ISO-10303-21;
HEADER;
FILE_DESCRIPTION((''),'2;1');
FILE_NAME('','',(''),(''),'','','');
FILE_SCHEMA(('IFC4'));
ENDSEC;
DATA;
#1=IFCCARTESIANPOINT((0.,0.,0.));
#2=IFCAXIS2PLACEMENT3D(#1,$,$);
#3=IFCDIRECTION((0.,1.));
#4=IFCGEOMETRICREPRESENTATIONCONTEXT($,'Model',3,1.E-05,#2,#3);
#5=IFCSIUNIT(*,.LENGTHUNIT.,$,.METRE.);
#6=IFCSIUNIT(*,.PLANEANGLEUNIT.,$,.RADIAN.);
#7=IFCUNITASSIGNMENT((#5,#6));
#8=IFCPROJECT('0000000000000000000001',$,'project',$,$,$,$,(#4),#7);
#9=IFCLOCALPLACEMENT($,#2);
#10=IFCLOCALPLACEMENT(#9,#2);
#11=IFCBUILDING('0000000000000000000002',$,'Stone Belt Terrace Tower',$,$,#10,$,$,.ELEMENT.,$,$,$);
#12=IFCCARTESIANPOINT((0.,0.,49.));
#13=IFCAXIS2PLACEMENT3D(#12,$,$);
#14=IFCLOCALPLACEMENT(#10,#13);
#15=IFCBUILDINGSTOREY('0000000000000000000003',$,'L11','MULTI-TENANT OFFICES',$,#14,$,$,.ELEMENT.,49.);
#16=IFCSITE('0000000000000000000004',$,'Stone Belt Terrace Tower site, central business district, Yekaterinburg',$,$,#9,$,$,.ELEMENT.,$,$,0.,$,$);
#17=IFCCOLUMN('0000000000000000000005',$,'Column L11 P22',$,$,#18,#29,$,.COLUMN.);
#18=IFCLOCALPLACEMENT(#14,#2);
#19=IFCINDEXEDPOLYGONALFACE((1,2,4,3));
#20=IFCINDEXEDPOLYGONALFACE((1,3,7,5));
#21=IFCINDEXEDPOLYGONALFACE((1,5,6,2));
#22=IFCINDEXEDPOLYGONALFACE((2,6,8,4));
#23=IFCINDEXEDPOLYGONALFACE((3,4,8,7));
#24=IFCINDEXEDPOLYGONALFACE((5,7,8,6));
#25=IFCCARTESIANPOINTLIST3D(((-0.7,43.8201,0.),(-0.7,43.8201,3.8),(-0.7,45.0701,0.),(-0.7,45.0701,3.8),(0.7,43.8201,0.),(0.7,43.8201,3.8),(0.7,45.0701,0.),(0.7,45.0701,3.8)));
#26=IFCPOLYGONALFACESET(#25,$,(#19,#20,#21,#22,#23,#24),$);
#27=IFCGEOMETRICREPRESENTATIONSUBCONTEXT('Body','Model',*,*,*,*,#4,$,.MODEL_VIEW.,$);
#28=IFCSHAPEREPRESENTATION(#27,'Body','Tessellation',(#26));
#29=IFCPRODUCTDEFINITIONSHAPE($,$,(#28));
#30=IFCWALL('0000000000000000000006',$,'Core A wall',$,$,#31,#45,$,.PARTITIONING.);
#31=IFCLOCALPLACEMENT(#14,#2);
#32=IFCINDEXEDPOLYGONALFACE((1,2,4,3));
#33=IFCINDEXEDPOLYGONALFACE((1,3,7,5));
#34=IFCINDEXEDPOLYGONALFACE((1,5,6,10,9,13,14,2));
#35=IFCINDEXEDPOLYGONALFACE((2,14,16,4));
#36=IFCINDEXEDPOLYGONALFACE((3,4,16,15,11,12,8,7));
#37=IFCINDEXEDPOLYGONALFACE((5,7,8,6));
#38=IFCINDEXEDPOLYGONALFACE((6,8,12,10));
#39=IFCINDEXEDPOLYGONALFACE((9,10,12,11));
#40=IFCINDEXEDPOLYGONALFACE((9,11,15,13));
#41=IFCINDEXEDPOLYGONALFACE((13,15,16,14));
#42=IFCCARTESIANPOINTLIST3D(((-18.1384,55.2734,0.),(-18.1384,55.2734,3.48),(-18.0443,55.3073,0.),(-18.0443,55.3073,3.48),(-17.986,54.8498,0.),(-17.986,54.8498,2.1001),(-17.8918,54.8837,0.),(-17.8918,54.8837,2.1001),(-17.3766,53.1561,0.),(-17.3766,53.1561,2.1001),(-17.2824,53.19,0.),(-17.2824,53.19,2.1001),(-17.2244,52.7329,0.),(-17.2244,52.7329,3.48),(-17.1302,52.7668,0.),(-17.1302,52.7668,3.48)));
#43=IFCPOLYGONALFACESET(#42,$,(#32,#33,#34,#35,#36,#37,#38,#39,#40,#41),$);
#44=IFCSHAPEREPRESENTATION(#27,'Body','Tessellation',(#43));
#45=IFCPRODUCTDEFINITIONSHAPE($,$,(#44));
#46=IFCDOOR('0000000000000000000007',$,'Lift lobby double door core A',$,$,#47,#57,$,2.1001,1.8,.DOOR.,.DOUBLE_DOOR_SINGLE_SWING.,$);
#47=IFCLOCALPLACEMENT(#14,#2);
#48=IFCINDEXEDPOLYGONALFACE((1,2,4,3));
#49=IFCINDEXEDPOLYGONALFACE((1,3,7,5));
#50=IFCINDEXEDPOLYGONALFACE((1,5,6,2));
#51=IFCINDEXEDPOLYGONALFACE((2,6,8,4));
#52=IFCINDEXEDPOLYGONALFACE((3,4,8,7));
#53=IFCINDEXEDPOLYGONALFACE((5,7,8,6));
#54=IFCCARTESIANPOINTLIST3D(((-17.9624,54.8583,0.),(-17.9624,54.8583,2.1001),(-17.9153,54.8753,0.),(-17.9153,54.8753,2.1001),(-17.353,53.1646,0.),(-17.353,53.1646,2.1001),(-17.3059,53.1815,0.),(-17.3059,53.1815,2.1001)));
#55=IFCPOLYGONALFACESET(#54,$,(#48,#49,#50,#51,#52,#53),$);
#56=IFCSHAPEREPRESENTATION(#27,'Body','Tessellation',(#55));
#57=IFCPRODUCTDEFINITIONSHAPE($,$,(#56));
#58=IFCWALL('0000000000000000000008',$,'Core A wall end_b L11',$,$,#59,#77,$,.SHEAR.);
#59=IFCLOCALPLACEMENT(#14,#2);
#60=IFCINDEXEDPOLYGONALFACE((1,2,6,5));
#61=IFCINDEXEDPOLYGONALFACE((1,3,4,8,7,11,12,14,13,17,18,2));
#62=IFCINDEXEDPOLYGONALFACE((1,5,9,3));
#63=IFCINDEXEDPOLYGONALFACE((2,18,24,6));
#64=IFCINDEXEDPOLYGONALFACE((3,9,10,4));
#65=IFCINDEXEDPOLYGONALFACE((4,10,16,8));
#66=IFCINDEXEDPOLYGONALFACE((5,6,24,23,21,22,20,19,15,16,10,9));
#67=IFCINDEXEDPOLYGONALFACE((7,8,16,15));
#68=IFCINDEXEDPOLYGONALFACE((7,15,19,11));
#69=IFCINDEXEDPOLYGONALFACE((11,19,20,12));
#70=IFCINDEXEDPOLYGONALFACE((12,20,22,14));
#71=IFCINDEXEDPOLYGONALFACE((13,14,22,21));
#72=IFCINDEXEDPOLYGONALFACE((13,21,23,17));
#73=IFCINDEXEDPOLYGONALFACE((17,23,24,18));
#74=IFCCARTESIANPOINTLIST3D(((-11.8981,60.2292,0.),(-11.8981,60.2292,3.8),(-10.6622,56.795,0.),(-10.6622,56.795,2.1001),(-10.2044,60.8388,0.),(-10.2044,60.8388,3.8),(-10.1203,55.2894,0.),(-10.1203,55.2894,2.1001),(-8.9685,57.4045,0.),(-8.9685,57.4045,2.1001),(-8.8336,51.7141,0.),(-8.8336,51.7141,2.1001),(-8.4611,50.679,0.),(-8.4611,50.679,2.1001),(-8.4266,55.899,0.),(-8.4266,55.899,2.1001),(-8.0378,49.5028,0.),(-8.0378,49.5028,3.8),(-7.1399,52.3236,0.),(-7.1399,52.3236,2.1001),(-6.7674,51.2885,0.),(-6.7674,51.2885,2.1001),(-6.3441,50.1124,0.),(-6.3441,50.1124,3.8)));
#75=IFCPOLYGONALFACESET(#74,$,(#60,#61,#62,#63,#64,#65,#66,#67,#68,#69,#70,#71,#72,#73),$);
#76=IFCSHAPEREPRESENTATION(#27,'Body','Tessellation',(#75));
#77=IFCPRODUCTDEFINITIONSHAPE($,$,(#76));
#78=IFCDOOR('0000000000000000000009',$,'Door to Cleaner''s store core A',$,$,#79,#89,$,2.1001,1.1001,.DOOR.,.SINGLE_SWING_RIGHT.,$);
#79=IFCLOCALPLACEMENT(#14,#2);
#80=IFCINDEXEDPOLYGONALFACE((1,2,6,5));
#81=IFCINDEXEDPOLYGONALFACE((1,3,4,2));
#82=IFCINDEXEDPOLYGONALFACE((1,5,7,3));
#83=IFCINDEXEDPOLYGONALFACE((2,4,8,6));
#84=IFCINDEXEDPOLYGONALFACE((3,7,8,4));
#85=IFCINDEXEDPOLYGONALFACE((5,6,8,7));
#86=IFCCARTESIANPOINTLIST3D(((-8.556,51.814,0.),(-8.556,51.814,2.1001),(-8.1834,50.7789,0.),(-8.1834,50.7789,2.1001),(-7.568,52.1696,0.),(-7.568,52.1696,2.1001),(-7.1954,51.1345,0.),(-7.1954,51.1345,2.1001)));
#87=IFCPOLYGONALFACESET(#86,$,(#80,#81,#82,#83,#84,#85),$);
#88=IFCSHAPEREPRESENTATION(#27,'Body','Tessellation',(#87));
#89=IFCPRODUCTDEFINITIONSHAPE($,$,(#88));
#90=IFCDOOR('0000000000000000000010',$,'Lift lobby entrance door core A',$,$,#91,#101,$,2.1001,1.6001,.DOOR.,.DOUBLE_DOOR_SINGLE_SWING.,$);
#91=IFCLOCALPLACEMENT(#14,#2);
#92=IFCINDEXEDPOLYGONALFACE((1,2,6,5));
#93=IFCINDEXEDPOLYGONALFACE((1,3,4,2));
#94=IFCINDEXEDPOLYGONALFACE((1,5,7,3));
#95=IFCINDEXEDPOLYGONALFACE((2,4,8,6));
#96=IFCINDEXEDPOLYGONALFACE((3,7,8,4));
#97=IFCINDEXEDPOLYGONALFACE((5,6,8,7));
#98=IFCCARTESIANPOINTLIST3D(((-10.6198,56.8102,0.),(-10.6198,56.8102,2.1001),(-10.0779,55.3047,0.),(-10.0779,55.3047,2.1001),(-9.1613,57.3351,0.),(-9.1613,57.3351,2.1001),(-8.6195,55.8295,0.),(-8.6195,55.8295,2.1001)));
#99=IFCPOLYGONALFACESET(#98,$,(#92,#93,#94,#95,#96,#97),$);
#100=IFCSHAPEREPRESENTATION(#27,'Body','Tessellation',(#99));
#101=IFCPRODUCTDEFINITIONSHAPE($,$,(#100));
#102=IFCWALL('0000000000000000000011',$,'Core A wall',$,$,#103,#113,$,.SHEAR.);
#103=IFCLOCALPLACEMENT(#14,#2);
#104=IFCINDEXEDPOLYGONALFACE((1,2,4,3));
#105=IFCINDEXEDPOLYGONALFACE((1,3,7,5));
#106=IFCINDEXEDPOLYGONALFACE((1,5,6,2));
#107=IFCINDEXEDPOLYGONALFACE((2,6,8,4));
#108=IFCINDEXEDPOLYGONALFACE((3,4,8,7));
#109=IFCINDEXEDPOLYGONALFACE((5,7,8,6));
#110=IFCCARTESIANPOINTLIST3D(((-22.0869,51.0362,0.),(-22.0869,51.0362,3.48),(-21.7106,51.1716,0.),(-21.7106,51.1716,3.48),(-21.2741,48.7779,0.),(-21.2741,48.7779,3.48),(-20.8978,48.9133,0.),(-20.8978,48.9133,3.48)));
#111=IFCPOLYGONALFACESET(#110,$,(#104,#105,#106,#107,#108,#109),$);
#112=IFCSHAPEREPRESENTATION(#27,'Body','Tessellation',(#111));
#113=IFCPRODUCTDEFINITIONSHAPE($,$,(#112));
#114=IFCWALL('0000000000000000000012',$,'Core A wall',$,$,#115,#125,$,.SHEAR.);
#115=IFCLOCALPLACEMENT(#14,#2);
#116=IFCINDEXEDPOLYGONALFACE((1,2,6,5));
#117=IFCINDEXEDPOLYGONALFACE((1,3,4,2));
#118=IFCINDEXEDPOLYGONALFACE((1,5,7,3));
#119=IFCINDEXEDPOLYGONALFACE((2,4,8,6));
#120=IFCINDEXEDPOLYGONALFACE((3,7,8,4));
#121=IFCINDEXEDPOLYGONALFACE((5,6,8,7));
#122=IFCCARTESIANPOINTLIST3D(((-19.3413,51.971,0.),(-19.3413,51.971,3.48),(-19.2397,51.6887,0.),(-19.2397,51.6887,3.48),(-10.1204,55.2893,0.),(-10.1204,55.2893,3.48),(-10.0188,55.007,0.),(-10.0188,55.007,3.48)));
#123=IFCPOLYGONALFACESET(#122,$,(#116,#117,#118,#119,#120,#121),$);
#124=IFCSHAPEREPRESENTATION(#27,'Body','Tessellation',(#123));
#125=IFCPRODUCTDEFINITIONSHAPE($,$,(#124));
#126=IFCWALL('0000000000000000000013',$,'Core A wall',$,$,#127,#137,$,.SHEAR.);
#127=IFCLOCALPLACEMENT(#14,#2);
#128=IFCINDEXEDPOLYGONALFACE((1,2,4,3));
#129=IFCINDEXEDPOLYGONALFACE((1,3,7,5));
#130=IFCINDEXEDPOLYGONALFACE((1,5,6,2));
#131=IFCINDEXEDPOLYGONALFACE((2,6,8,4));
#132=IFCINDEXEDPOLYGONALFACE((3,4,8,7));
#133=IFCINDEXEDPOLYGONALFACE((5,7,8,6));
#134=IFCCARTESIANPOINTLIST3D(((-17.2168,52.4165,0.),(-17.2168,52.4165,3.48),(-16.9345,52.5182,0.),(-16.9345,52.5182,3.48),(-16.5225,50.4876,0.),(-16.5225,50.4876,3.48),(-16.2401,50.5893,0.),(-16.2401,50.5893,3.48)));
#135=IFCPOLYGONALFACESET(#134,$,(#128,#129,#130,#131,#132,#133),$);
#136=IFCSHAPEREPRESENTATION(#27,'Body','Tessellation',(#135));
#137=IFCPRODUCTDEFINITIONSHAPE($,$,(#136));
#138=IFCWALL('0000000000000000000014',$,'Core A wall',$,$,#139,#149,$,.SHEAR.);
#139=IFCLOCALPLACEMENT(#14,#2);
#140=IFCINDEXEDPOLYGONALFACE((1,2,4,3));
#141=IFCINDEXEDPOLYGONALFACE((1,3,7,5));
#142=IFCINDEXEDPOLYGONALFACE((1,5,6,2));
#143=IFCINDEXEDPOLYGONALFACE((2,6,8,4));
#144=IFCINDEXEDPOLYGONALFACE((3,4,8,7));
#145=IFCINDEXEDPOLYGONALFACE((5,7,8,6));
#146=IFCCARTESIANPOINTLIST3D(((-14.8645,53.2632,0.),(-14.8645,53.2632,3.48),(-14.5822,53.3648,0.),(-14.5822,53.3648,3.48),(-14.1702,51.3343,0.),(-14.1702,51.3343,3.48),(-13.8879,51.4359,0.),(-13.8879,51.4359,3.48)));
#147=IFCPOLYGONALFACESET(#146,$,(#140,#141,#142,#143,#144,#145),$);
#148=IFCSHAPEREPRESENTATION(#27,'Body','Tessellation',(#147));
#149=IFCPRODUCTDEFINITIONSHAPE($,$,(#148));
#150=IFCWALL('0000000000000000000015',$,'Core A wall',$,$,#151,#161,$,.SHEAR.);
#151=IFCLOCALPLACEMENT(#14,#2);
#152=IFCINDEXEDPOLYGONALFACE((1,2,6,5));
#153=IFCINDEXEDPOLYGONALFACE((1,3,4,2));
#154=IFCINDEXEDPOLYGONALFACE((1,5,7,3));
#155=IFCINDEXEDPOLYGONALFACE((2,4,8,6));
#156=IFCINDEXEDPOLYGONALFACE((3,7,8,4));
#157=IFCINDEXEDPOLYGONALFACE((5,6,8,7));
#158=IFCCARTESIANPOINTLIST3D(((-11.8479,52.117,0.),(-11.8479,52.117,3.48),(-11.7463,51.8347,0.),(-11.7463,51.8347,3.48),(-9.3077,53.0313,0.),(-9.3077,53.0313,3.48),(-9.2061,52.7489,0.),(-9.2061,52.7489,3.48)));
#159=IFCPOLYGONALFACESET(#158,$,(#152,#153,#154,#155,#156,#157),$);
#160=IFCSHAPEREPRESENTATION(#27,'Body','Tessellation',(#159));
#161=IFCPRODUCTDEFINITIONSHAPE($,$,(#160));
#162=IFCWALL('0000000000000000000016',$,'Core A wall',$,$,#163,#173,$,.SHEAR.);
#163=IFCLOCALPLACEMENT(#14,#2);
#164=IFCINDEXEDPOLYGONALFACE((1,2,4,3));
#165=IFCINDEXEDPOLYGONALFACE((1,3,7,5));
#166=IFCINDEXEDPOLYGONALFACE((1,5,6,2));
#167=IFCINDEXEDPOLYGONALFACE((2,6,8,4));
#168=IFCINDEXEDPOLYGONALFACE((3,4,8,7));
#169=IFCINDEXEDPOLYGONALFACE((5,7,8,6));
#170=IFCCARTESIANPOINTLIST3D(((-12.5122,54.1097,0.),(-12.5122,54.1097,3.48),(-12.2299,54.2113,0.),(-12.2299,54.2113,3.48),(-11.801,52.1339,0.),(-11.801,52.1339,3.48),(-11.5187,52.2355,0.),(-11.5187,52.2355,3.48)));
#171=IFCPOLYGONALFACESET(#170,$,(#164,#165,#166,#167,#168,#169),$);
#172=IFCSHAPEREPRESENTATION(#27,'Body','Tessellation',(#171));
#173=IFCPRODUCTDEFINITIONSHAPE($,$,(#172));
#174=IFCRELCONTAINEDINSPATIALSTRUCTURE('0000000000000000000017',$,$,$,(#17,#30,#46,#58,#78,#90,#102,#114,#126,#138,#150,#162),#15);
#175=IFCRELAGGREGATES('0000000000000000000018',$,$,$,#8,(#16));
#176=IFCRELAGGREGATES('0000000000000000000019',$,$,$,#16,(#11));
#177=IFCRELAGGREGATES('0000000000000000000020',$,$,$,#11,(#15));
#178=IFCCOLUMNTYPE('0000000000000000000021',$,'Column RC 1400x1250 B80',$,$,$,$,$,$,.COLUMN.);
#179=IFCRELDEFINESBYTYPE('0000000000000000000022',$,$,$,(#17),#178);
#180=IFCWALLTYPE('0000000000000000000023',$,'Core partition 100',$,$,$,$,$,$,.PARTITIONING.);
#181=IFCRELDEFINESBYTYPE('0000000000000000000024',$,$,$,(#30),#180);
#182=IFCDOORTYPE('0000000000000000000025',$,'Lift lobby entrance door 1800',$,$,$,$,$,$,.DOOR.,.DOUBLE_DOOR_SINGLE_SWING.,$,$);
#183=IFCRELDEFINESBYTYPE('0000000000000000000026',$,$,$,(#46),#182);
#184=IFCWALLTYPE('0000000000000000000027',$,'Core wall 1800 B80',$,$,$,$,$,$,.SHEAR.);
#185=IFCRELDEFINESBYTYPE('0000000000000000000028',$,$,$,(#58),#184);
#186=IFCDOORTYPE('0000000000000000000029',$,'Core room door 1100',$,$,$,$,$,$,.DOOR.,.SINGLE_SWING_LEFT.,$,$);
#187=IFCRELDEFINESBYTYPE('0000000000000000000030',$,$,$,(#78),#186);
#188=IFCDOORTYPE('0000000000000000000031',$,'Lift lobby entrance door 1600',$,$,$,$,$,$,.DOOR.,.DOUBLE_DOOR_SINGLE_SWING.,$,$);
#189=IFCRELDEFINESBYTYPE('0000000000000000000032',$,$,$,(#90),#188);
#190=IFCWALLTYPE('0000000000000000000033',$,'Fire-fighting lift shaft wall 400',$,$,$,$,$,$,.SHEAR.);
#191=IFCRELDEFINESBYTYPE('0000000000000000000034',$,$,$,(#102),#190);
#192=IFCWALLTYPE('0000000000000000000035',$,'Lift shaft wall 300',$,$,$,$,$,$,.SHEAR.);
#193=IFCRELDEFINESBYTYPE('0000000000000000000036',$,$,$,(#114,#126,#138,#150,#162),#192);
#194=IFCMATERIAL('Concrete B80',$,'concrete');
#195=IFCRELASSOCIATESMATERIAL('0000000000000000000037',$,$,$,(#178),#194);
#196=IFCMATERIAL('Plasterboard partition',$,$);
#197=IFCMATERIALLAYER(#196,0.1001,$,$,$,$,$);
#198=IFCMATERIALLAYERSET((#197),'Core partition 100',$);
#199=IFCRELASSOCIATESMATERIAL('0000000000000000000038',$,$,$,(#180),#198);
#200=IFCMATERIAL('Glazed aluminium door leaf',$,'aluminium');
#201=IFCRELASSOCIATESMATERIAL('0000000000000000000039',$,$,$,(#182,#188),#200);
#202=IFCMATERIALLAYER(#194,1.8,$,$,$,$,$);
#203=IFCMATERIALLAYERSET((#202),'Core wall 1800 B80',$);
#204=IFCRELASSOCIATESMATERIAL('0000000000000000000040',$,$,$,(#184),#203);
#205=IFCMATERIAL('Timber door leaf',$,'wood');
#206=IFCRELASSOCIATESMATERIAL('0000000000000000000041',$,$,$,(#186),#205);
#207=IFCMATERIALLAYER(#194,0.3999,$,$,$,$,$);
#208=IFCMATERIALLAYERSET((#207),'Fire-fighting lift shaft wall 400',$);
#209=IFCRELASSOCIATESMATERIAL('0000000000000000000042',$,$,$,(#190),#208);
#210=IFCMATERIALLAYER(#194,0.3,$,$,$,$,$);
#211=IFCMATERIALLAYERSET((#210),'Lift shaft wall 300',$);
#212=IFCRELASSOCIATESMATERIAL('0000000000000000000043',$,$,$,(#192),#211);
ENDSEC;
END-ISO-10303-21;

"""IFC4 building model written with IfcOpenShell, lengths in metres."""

from ifc_helpers import new_model, si_unit, direction, frame, frame_2d, origin, origin_2d, place, context, subcontext, project, spatial, rectangle, extrude, material, layer, layer_set, material_profile, profile_set, type_object, element, fill, save


model = new_model("IFC4")

# Units and contexts
model_context = context("Model", 3, precision=1e-05, world=origin(), true_north=direction((0.0, 1.0)))
body_context = subcontext(model_context, "Body", "Model", "MODEL_VIEW")
ifc_project = project(units=[si_unit("LENGTHUNIT", "METRE"), si_unit("PLANEANGLEUNIT", "RADIAN")], contexts=[model_context])

# Site, building, storey
site_placement = place(None, origin())
site = spatial("IfcSite", under=ifc_project, at=site_placement, Name="Stone Belt Terrace Tower site, central business district, Yekaterinburg", CompositionType="ELEMENT", RefElevation=0.0)
building_placement = place(site_placement, origin())
building = spatial("IfcBuilding", under=site, at=building_placement, Name="Stone Belt Terrace Tower", CompositionType="ELEMENT")
storey_placement = place(building_placement, frame((0.0, 0.0, 49.0)))
storey = spatial("IfcBuildingStorey", under=building, at=storey_placement, Name="L11", Description="MULTI-TENANT OFFICES", CompositionType="ELEMENT", Elevation=49.0)

# Column
ifc_material_1 = material(Name="Concrete B80", Category="concrete")
ifc_material_profile = material_profile(ifc_material_1, rectangle(XDim=1.3999, YDim=1.25, at=origin_2d()), Name="RC 1400x1250")
ifc_profile_set = profile_set([ifc_material_profile], Name="Concrete B80")
column_type = type_object("IfcColumnType", Name="Column RC 1400x1250 B80", PredefinedType="COLUMN", material=ifc_profile_set)
column_placement = place(storey_placement, frame((0.0, 44.4451, 0.0), z_axis=(0.0, 0.0, 1.0), x_axis=(1.0, 0.0, 0.0)))
element("IfcColumn", 1, at=column_placement, inside=storey, type_object=column_type, Name="Column L11 P22", PredefinedType="COLUMN", context=body_context, shape_type="SweptSolid", body=[
    extrude(rectangle(XDim=1.3999, YDim=1.25, at=origin_2d()), origin(), (0.0, 0.0, 1.0), 3.8),
])

# Wall, opening, door
ifc_material_2 = material(Name="Plasterboard partition")
ifc_layer_1 = layer(ifc_material_2, 0.1001)
ifc_layer_set_1 = layer_set([ifc_layer_1], Name="Core partition 100")
wall_type_1 = type_object("IfcWallType", Name="Core partition 100", PredefinedType="PARTITIONING", material=ifc_layer_set_1)
wall_1_placement = place(storey_placement, frame((-17.1772, 52.7498, 0.0), z_axis=(0.0, 0.0, 1.0), x_axis=(-0.338547, 0.94095, 0.0)))
wall_1 = element("IfcWall", 2, at=wall_1_placement, inside=storey, type_object=wall_type_1, Name="Core A wall", PredefinedType="PARTITIONING", context=body_context, shape_type="SweptSolid", body=[
    extrude(rectangle(XDim=2.7, YDim=0.1001, at=frame_2d((1.3501, 0.0))), origin(), (0.0, 0.0, 1.0), 3.48),
])
opening_1_placement = place(wall_1_placement, frame((0.45, 0.0, 0.0)))
opening_1 = element("IfcOpeningElement", 3, at=opening_1_placement, cuts=wall_1, PredefinedType="OPENING", context=body_context, shape_type="SweptSolid", body=[
    extrude(rectangle(XDim=1.8, YDim=2.1001, at=frame_2d((0.8999, 1.05))), frame((0.0, 0.0601, 0.0), z_axis=(0.0, -1.0, 0.0), x_axis=(1.0, 0.0, 0.0)), (0.0, 0.0, 1.0), 0.1201),
])
ifc_material_3 = material(Name="Glazed aluminium door leaf", Category="aluminium")
door_type_1 = type_object("IfcDoorType", Name="Lift lobby entrance door 1800", OperationType="DOUBLE_DOOR_SINGLE_SWING", PredefinedType="DOOR", material=ifc_material_3)
door_1_placement = place(opening_1_placement, origin())
door_1 = element("IfcDoor", 4, at=door_1_placement, inside=storey, type_object=door_type_1, Name="Lift lobby double door core A", OperationType="DOUBLE_DOOR_SINGLE_SWING", OverallHeight=2.1001, OverallWidth=1.8, PredefinedType="DOOR", context=body_context, shape_type="SweptSolid", body=[
    extrude(rectangle(XDim=1.8, YDim=2.1001, at=frame_2d((0.8999, 1.05))), frame((0.0, 0.0249, 0.0), z_axis=(0.0, -1.0, 0.0), x_axis=(1.0, 0.0, 0.0)), (0.0, 0.0, 1.0), 0.05),
])
fill(opening_1, door_1)

# Wall, openings, doors
ifc_layer_2 = layer(ifc_material_1, 1.8)
ifc_layer_set_2 = layer_set([ifc_layer_2], Name="Core wall 1800 B80")
wall_type_2 = type_object("IfcWallType", Name="Core wall 1800 B80", PredefinedType="SHEAR", material=ifc_layer_set_2)
wall_2_placement = place(storey_placement, frame((-7.1909, 49.8076, 0.0), z_axis=(0.0, 0.0, 1.0), x_axis=(-0.338632, 0.940919, 0.0)))
wall_2 = element("IfcWall", 5, at=wall_2_placement, inside=storey, type_object=wall_type_2, Name="Core A wall end_b L11", PredefinedType="SHEAR", context=body_context, shape_type="SweptSolid", body=[
    extrude(rectangle(XDim=11.3999, YDim=1.8, at=frame_2d((5.7, 0.0))), origin(), (0.0, 0.0, 1.0), 3.8),
])
opening_2_placement = place(wall_2_placement, frame((6.1499, 0.0, 0.0)))
opening_2 = element("IfcOpeningElement", 6, at=opening_2_placement, cuts=wall_2, PredefinedType="OPENING", context=body_context, shape_type="SweptSolid", body=[
    extrude(rectangle(XDim=1.6001, YDim=2.1001, at=frame_2d((0.8, 1.05))), frame((0.0, 0.9099, 0.0), z_axis=(0.0, -1.0, 0.0), x_axis=(1.0, 0.0, 0.0)), (0.0, 0.0, 1.0), 1.8201),
])
opening_3_placement = place(wall_2_placement, frame((1.25, 0.0, 0.0)))
opening_3 = element("IfcOpeningElement", 7, at=opening_3_placement, cuts=wall_2, PredefinedType="OPENING", context=body_context, shape_type="SweptSolid", body=[
    extrude(rectangle(XDim=1.1001, YDim=2.1001, at=frame_2d((0.55, 1.05))), frame((0.0, 0.9099, 0.0), z_axis=(0.0, -1.0, 0.0), x_axis=(1.0, 0.0, 0.0)), (0.0, 0.0, 1.0), 1.8201),
])
ifc_material_4 = material(Name="Timber door leaf", Category="wood")
door_type_2 = type_object("IfcDoorType", Name="Core room door 1100", OperationType="SINGLE_SWING_LEFT", PredefinedType="DOOR", material=ifc_material_4)
door_2_placement = place(opening_3_placement, origin())
door_2 = element("IfcDoor", 8, at=door_2_placement, inside=storey, type_object=door_type_2, Name="Door to Cleaner's store core A", OperationType="SINGLE_SWING_RIGHT", OverallHeight=2.1001, OverallWidth=1.1001, PredefinedType="DOOR", context=body_context, shape_type="SweptSolid", body=[
    extrude(rectangle(XDim=1.1001, YDim=2.1001, at=frame_2d((0.55, 1.05))), frame((0.0, 0.605, 0.0), z_axis=(0.0, -1.0, 0.0), x_axis=(1.0, 0.0, 0.0)), (0.0, 0.0, 1.0), 1.05),
])
fill(opening_3, door_2)
door_type_3 = type_object("IfcDoorType", Name="Lift lobby entrance door 1600", OperationType="DOUBLE_DOOR_SINGLE_SWING", PredefinedType="DOOR", material=ifc_material_3)
door_3_placement = place(opening_2_placement, origin())
door_3 = element("IfcDoor", 9, at=door_3_placement, inside=storey, type_object=door_type_3, Name="Lift lobby entrance door core A", OperationType="DOUBLE_DOOR_SINGLE_SWING", OverallHeight=2.1001, OverallWidth=1.6001, PredefinedType="DOOR", context=body_context, shape_type="SweptSolid", body=[
    extrude(rectangle(XDim=1.6001, YDim=2.1001, at=frame_2d((0.8, 1.05))), frame((0.0, 0.855, 0.0), z_axis=(0.0, -1.0, 0.0), x_axis=(1.0, 0.0, 0.0)), (0.0, 0.0, 1.0), 1.55),
])
fill(opening_2, door_3)

# Walls
ifc_layer_3 = layer(ifc_material_1, 0.3999)
ifc_layer_set_3 = layer_set([ifc_layer_3], Name="Fire-fighting lift shaft wall 400")
wall_type_3 = type_object("IfcWallType", Name="Fire-fighting lift shaft wall 400", PredefinedType="SHEAR", material=ifc_layer_set_3)
wall_3_placement = place(storey_placement, frame((-21.0859, 48.8455, 0.0), z_axis=(0.0, 0.0, 1.0), x_axis=(-0.338629, 0.94092, 0.0)))
element("IfcWall", 10, at=wall_3_placement, inside=storey, type_object=wall_type_3, Name="Core A wall", PredefinedType="SHEAR", context=body_context, shape_type="SweptSolid", body=[
    extrude(rectangle(XDim=2.4001, YDim=0.3999, at=frame_2d((1.2002, 0.0))), origin(), (0.0, 0.0, 1.0), 3.48),
])
ifc_layer_4 = layer(ifc_material_1, 0.3)
ifc_layer_set_4 = layer_set([ifc_layer_4], Name="Lift shaft wall 300")
wall_type_4 = type_object("IfcWallType", Name="Lift shaft wall 300", PredefinedType="SHEAR", material=ifc_layer_set_4)
wall_4_placement = place(storey_placement, frame((-19.2905, 51.8298, 0.0), z_axis=(0.0, 0.0, 1.0), x_axis=(0.940926, 0.338613, 0.0)))
element("IfcWall", 11, at=wall_4_placement, inside=storey, type_object=wall_type_4, Name="Core A wall", PredefinedType="SHEAR", context=body_context, shape_type="SweptSolid", body=[
    extrude(rectangle(XDim=9.7998, YDim=0.3, at=frame_2d((4.8999, 0.0))), origin(), (0.0, 0.0, 1.0), 3.48),
])
for number, where, z_axis, x_axis, name in (
    (12, (-16.3813, 50.5386, 0.0), (0.0, 0.0, 1.0), (-0.338682, 0.940901, 0.0), "Core A wall"),
    (13, (-14.0291, 51.3853, 0.0), (0.0, 0.0, 1.0), (-0.338682, 0.940901, 0.0), "Core A wall"),
):
    element("IfcWall", number, at=place(storey_placement, frame(where, z_axis=z_axis, x_axis=x_axis)), inside=storey, type_object=wall_type_4, Name=name, PredefinedType="SHEAR", context=body_context, shape_type="SweptSolid", body=[
        extrude(rectangle(XDim=2.05, YDim=0.3, at=frame_2d((1.0249, 0.0))), origin(), (0.0, 0.0, 1.0), 3.48),
    ])
wall_5_placement = place(storey_placement, frame((-11.7971, 51.9758, 0.0), z_axis=(0.0, 0.0, 1.0), x_axis=(0.94091, 0.338655, 0.0)))
element("IfcWall", 14, at=wall_5_placement, inside=storey, type_object=wall_type_4, Name="Core A wall", PredefinedType="SHEAR", context=body_context, shape_type="SweptSolid", body=[
    extrude(rectangle(XDim=2.6997, YDim=0.3, at=frame_2d((1.3499, 0.0))), origin(), (0.0, 0.0, 1.0), 3.48),
])
wall_6_placement = place(storey_placement, frame((-11.6599, 52.1848, 0.0), z_axis=(0.0, 0.0, 1.0), x_axis=(-0.33867, 0.940905, 0.0)))
element("IfcWall", 15, at=wall_6_placement, inside=storey, type_object=wall_type_4, Name="Core A wall", PredefinedType="SHEAR", context=body_context, shape_type="SweptSolid", body=[
    extrude(rectangle(XDim=2.0999, YDim=0.3, at=frame_2d((1.0498, 0.0))), origin(), (0.0, 0.0, 1.0), 3.48),
])

save(model, "model.ifc")
